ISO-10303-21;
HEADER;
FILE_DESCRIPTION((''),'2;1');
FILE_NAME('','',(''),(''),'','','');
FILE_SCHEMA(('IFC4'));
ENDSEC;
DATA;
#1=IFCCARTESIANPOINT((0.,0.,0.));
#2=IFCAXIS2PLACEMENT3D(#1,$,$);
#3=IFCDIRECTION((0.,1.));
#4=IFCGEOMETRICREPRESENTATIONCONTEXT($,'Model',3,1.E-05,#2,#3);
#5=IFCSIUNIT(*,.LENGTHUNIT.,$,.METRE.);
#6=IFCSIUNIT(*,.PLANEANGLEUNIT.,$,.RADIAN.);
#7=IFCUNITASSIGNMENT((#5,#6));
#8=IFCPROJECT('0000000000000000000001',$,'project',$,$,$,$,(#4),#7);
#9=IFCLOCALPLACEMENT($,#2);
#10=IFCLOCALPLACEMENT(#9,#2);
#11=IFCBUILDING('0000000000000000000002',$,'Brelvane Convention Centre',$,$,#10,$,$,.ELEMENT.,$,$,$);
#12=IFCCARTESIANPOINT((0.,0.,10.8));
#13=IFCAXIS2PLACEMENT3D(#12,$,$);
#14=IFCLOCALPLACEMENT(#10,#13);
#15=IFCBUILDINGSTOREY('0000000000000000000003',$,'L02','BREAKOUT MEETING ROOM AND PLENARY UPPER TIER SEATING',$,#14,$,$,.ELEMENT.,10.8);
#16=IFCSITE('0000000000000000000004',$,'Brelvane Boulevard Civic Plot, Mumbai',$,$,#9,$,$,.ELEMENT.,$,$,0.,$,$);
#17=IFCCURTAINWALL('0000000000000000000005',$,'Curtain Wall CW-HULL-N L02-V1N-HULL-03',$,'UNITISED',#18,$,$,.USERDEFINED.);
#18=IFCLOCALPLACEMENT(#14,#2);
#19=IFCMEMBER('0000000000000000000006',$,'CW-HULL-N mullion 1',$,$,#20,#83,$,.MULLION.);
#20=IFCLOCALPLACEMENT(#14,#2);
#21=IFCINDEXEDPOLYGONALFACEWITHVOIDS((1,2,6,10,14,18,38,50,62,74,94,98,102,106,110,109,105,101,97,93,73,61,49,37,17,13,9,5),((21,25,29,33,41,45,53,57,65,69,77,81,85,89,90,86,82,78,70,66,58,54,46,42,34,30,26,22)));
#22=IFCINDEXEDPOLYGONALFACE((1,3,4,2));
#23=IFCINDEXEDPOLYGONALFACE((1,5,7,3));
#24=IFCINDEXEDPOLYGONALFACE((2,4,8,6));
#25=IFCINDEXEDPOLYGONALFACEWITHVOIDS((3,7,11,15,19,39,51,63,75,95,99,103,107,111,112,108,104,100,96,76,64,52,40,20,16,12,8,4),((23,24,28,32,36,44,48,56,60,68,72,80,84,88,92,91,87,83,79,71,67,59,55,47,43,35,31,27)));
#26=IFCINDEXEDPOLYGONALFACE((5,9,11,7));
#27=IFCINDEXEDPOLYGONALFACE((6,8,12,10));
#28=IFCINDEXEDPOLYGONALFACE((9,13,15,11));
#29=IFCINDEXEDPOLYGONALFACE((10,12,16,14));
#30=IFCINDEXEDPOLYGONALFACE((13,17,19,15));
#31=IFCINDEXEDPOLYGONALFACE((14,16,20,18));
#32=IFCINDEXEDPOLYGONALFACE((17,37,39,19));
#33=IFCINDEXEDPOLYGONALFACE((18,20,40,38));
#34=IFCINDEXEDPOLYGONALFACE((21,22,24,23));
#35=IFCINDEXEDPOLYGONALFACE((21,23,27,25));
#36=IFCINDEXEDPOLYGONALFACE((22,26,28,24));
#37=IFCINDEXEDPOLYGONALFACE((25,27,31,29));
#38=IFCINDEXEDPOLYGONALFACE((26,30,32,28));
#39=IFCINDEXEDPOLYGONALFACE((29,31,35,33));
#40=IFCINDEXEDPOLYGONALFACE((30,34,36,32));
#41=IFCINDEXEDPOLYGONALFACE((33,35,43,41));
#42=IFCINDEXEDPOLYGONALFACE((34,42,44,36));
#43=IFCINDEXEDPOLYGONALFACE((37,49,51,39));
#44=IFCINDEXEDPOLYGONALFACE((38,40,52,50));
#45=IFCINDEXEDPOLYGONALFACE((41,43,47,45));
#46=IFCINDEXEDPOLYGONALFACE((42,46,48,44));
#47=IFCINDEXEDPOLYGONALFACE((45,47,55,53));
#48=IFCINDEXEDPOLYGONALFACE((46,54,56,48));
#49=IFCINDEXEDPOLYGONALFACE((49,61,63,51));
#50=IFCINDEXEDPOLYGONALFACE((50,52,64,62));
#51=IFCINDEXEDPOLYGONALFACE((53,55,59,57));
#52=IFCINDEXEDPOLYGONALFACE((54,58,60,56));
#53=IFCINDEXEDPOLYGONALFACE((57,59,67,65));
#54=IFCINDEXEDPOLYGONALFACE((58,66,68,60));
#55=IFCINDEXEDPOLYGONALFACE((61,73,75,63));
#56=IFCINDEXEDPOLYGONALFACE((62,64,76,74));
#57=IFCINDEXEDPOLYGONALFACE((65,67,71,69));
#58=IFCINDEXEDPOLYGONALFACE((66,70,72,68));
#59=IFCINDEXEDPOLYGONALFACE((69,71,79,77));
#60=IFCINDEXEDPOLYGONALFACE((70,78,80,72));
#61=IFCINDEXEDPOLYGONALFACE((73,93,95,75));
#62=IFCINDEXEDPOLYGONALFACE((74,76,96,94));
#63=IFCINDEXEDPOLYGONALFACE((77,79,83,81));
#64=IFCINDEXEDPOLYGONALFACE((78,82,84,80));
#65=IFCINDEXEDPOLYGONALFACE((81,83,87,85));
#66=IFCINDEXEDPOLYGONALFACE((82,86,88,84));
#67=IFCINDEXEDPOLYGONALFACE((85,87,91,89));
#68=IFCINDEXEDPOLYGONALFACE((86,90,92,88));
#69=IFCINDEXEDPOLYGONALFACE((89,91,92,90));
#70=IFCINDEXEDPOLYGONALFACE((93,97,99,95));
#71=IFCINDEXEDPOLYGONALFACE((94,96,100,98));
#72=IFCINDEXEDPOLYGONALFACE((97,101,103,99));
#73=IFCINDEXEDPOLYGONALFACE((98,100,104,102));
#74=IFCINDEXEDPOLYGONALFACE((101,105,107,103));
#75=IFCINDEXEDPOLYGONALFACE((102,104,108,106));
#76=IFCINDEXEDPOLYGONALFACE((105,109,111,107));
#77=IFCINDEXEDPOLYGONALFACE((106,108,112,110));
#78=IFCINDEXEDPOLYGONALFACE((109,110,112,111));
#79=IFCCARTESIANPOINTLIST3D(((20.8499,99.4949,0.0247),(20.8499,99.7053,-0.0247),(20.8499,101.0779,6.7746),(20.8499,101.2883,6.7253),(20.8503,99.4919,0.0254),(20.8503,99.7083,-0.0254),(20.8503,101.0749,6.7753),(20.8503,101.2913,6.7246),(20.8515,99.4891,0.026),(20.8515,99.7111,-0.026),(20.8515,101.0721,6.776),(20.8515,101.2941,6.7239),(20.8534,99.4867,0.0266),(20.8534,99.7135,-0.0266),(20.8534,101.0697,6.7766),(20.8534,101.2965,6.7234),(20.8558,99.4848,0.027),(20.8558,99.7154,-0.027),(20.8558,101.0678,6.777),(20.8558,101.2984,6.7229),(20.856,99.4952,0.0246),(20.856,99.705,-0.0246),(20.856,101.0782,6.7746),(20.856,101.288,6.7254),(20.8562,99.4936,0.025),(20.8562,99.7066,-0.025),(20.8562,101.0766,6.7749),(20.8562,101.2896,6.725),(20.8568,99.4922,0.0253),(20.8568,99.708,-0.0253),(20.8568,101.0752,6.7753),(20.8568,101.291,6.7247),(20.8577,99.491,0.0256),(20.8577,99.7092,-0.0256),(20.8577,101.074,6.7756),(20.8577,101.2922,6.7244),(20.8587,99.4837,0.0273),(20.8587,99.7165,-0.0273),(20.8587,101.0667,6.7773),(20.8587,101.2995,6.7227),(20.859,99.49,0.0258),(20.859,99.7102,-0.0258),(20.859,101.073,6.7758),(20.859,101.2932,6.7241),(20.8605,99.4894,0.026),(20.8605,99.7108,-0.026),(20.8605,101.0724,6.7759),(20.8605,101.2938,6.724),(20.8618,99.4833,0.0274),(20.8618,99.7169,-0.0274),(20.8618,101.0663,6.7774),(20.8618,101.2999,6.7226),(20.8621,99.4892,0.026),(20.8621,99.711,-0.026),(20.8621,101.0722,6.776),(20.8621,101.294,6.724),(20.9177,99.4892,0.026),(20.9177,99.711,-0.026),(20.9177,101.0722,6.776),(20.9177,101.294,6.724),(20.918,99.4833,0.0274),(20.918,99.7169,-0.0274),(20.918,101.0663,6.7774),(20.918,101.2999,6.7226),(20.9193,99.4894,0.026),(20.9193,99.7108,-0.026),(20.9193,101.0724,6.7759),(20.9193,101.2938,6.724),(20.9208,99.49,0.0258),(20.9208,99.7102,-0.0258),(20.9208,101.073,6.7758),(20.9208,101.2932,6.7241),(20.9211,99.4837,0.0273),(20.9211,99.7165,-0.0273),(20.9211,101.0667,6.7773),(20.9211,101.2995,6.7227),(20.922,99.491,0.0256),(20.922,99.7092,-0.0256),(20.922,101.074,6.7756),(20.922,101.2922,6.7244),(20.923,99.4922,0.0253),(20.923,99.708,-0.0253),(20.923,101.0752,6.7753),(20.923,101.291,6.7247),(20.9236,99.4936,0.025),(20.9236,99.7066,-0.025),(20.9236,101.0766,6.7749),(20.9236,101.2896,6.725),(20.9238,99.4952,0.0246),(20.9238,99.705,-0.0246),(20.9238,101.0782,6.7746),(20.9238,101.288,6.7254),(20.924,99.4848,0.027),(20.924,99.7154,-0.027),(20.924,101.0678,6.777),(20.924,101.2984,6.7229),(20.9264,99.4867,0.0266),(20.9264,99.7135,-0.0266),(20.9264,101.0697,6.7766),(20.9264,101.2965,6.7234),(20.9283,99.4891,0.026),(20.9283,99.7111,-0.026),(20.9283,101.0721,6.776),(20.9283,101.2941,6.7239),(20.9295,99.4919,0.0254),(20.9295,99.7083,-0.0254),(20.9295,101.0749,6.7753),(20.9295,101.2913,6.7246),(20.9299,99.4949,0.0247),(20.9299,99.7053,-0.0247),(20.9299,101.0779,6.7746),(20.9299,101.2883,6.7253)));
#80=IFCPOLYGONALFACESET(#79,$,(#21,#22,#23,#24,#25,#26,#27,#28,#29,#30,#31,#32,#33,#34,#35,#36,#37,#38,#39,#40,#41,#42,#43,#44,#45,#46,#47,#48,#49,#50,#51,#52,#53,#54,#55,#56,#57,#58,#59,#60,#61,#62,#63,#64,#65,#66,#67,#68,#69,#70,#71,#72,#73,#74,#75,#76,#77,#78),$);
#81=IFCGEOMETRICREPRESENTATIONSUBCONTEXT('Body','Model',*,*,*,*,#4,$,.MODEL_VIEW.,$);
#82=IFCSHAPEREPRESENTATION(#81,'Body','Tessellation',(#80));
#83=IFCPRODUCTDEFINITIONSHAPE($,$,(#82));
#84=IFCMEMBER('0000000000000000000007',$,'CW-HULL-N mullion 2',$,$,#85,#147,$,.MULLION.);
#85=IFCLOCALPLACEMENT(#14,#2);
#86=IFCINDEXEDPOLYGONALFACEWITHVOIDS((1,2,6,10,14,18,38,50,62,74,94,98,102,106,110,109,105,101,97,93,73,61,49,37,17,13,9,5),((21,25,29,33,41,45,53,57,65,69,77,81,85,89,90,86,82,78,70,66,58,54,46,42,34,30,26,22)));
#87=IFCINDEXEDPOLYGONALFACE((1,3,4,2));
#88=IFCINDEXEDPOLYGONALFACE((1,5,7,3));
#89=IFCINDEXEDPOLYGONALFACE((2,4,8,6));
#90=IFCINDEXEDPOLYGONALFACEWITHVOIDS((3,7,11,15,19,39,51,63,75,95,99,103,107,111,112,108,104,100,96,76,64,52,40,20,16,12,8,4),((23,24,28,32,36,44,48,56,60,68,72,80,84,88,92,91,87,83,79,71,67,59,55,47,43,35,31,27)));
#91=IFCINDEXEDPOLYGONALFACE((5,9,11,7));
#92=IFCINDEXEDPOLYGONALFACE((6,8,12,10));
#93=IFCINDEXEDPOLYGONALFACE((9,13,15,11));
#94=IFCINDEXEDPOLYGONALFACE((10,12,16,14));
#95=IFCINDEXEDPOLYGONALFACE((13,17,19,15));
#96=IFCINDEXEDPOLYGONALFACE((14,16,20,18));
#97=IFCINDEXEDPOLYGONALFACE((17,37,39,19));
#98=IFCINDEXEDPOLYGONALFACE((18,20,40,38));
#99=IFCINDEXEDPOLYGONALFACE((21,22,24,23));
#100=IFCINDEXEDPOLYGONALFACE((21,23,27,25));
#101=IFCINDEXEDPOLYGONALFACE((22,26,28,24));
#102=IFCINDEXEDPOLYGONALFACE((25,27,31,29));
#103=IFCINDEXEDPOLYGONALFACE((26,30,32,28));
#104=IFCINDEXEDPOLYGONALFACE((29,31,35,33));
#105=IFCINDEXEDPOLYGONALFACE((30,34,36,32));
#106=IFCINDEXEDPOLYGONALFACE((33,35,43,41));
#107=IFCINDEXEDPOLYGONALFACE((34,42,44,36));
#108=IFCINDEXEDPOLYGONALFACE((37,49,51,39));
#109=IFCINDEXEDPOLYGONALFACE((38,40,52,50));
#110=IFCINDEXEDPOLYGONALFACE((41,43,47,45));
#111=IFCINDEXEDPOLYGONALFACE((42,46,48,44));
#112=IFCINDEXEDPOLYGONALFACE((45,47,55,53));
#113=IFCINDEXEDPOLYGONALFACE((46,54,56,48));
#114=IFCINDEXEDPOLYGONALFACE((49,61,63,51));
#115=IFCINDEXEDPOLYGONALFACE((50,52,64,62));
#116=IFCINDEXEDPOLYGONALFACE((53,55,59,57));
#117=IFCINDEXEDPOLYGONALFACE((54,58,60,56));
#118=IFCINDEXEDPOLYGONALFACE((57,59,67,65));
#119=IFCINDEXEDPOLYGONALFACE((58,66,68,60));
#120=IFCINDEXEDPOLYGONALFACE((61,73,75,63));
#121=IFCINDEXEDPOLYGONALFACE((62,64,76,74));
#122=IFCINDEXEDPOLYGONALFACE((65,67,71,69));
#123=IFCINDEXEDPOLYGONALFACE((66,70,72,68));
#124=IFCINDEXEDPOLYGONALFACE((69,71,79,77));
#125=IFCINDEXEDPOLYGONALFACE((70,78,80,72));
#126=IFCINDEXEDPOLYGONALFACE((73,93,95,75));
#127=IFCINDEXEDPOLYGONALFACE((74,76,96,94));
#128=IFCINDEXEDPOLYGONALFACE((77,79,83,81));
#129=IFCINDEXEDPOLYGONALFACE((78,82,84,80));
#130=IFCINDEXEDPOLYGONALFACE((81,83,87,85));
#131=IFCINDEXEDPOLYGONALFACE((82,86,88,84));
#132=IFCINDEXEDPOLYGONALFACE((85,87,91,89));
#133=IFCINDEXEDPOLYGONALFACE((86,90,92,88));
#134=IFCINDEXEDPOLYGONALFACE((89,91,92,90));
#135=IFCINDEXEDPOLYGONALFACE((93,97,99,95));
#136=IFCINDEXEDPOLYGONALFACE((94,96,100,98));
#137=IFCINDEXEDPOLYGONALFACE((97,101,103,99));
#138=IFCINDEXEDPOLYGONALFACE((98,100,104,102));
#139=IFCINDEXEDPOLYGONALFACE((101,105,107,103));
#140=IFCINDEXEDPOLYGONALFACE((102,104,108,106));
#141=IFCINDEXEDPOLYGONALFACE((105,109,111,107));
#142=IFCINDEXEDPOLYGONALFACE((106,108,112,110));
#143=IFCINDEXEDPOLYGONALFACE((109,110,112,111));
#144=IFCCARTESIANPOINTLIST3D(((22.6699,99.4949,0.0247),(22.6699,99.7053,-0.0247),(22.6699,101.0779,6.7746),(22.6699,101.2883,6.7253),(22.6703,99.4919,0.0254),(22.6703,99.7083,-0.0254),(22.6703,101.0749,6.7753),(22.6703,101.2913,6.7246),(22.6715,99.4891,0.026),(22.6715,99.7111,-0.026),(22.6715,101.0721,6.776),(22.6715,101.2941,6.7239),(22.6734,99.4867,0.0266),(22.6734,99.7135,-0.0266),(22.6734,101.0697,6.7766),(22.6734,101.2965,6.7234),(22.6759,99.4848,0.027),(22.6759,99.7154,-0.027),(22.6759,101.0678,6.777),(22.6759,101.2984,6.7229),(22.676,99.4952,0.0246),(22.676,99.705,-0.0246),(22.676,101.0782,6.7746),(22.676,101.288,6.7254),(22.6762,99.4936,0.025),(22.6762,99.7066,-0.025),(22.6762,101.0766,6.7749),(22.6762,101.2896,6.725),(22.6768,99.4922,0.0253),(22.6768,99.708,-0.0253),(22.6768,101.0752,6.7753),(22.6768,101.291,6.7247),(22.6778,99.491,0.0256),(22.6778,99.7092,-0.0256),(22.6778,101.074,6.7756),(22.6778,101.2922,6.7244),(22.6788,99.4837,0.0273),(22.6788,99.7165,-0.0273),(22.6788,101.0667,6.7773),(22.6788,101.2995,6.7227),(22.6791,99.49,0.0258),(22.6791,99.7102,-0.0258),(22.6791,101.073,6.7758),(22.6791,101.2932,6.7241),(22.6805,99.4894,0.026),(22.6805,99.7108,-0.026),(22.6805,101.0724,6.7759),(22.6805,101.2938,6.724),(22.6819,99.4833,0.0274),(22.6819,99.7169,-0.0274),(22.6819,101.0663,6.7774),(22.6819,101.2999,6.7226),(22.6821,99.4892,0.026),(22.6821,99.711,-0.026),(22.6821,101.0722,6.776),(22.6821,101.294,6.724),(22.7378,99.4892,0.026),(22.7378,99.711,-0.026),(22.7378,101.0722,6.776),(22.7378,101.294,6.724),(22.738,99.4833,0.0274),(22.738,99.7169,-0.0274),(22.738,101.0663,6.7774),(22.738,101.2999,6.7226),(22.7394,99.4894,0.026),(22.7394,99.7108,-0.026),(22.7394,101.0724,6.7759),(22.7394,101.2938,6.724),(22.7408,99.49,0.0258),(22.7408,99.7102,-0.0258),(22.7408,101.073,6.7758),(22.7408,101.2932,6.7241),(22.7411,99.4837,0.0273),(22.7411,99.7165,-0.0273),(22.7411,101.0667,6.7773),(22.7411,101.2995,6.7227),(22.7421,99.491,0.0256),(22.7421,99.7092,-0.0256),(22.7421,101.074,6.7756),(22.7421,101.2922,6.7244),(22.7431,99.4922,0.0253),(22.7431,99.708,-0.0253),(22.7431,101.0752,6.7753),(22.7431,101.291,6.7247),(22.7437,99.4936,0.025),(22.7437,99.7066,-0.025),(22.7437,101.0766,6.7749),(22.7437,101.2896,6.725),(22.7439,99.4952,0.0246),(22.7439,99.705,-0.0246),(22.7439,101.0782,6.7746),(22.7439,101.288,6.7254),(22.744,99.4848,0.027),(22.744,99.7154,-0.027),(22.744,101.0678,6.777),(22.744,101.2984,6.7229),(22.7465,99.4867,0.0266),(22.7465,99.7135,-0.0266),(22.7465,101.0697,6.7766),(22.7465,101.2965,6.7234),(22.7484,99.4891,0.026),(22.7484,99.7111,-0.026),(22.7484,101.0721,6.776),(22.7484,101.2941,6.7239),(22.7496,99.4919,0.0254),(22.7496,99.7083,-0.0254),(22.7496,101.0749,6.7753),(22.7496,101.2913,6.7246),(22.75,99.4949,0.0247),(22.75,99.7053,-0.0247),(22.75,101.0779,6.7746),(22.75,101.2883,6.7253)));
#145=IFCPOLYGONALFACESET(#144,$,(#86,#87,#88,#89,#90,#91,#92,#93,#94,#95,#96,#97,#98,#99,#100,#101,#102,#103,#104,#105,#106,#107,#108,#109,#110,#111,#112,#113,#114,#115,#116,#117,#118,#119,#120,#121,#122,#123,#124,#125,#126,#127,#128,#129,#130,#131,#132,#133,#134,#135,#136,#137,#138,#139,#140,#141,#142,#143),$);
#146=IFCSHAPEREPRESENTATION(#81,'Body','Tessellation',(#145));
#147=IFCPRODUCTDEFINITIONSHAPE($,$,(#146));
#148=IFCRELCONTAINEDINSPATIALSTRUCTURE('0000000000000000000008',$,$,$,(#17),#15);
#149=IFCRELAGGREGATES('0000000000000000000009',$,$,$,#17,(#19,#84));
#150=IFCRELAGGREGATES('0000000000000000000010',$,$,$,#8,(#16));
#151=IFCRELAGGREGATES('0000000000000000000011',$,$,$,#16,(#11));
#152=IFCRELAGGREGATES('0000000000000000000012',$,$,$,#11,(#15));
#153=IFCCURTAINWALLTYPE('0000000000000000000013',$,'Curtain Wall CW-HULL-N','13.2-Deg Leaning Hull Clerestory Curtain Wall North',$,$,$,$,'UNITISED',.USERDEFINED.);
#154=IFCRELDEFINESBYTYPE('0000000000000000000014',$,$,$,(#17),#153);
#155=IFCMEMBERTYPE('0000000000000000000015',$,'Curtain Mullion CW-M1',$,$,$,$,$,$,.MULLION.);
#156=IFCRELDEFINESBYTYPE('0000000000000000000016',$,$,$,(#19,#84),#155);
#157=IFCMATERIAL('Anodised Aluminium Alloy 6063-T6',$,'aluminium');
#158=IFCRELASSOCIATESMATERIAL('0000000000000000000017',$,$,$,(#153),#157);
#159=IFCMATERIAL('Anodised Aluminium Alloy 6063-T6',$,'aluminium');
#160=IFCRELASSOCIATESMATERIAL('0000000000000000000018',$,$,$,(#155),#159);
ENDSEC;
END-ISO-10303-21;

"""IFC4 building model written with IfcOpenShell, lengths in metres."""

from ifc_helpers import new_model, si_unit, direction, frame, origin, origin_2d, place, context, subcontext, project, spatial, hollow_rectangle, extrude, material, material_profile, profile_set, type_object, element, aggregate, save


model = new_model("IFC4")

# Units and contexts
model_context = context("Model", 3, precision=1e-05, world=origin(), true_north=direction((0.0, 1.0)))
body_context = subcontext(model_context, "Body", "Model", "MODEL_VIEW")
ifc_project = project(units=[si_unit("LENGTHUNIT", "METRE"), si_unit("PLANEANGLEUNIT", "RADIAN")], contexts=[model_context])

# Site, building, storey
site_placement = place(None, origin())
site = spatial("IfcSite", under=ifc_project, at=site_placement, Name="Brelvane Boulevard Civic Plot, Mumbai", CompositionType="ELEMENT", RefElevation=0.0)
building_placement = place(site_placement, origin())
building = spatial("IfcBuilding", under=site, at=building_placement, Name="Brelvane Convention Centre", CompositionType="ELEMENT")
storey_placement = place(building_placement, frame((0.0, 0.0, 10.8)))
storey = spatial("IfcBuildingStorey", under=building, at=storey_placement, Name="L02", Description="BREAKOUT MEETING ROOM AND PLENARY UPPER TIER SEATING", CompositionType="ELEMENT", Elevation=10.8)

# Curtain wall, members
ifc_material_1 = material(Name="Anodised Aluminium Alloy 6063-T6", Category="aluminium")
curtain_wall_type_1 = type_object("IfcCurtainWallType", Name="Curtain Wall CW-HULL-N", Description="13.2-Deg Leaning Hull Clerestory Curtain Wall North", ElementType="UNITISED", PredefinedType="USERDEFINED", material=ifc_material_1)
curtain_wall_1_placement = place(storey_placement, origin())
curtain_wall_1 = element("IfcCurtainWall", 1, at=curtain_wall_1_placement, inside=storey, type_object=curtain_wall_type_1, Name="Curtain Wall CW-HULL-N L02-V1N-HULL-03", ObjectType="UNITISED", PredefinedType="USERDEFINED")
ifc_material_2 = material(Name="Anodised Aluminium Alloy 6063-T6", Category="aluminium")
ifc_material_profile_1 = material_profile(ifc_material_2, hollow_rectangle(XDim=0.0801, YDim=0.24, WallThickness=0.0061, InnerFilletRadius=0.0061, OuterFilletRadius=0.012, at=origin_2d()), Name="ALU-M 240x80x6.0")
ifc_profile_set_1 = profile_set([ifc_material_profile_1], Name="Anodised Aluminium Alloy 6063-T6")
member_type_1 = type_object("IfcMemberType", Name="Curtain Mullion CW-M1", PredefinedType="MULLION", material=ifc_profile_set_1)
member_1_placement = place(storey_placement, frame((20.8899, 99.6001, 0.0), z_axis=(0.0, 0.228325, 0.973585), x_axis=(-1.0, 0.0, 0.0)))
member_1 = element("IfcMember", 2, at=member_1_placement, type_object=member_type_1, Name="CW-HULL-N mullion 1", PredefinedType="MULLION", context=body_context, shape_type="SweptSolid", body=[
    extrude(hollow_rectangle(XDim=0.0801, YDim=0.24, WallThickness=0.0061, InnerFilletRadius=0.0061, OuterFilletRadius=0.012, at=origin_2d()), origin(), (0.0, 0.0, 1.0), 6.9331),
])
member_2_placement = place(storey_placement, frame((22.71, 99.6001, 0.0), z_axis=(0.0, 0.228325, 0.973585), x_axis=(-1.0, 0.0, 0.0)))
member_2 = element("IfcMember", 3, at=member_2_placement, type_object=member_type_1, Name="CW-HULL-N mullion 2", PredefinedType="MULLION", context=body_context, shape_type="SweptSolid", body=[
    extrude(hollow_rectangle(XDim=0.0801, YDim=0.24, WallThickness=0.0061, InnerFilletRadius=0.0061, OuterFilletRadius=0.012, at=origin_2d()), origin(), (0.0, 0.0, 1.0), 6.9331),
])

aggregate(curtain_wall_1, [member_1, member_2])

save(model, "model.ifc")
